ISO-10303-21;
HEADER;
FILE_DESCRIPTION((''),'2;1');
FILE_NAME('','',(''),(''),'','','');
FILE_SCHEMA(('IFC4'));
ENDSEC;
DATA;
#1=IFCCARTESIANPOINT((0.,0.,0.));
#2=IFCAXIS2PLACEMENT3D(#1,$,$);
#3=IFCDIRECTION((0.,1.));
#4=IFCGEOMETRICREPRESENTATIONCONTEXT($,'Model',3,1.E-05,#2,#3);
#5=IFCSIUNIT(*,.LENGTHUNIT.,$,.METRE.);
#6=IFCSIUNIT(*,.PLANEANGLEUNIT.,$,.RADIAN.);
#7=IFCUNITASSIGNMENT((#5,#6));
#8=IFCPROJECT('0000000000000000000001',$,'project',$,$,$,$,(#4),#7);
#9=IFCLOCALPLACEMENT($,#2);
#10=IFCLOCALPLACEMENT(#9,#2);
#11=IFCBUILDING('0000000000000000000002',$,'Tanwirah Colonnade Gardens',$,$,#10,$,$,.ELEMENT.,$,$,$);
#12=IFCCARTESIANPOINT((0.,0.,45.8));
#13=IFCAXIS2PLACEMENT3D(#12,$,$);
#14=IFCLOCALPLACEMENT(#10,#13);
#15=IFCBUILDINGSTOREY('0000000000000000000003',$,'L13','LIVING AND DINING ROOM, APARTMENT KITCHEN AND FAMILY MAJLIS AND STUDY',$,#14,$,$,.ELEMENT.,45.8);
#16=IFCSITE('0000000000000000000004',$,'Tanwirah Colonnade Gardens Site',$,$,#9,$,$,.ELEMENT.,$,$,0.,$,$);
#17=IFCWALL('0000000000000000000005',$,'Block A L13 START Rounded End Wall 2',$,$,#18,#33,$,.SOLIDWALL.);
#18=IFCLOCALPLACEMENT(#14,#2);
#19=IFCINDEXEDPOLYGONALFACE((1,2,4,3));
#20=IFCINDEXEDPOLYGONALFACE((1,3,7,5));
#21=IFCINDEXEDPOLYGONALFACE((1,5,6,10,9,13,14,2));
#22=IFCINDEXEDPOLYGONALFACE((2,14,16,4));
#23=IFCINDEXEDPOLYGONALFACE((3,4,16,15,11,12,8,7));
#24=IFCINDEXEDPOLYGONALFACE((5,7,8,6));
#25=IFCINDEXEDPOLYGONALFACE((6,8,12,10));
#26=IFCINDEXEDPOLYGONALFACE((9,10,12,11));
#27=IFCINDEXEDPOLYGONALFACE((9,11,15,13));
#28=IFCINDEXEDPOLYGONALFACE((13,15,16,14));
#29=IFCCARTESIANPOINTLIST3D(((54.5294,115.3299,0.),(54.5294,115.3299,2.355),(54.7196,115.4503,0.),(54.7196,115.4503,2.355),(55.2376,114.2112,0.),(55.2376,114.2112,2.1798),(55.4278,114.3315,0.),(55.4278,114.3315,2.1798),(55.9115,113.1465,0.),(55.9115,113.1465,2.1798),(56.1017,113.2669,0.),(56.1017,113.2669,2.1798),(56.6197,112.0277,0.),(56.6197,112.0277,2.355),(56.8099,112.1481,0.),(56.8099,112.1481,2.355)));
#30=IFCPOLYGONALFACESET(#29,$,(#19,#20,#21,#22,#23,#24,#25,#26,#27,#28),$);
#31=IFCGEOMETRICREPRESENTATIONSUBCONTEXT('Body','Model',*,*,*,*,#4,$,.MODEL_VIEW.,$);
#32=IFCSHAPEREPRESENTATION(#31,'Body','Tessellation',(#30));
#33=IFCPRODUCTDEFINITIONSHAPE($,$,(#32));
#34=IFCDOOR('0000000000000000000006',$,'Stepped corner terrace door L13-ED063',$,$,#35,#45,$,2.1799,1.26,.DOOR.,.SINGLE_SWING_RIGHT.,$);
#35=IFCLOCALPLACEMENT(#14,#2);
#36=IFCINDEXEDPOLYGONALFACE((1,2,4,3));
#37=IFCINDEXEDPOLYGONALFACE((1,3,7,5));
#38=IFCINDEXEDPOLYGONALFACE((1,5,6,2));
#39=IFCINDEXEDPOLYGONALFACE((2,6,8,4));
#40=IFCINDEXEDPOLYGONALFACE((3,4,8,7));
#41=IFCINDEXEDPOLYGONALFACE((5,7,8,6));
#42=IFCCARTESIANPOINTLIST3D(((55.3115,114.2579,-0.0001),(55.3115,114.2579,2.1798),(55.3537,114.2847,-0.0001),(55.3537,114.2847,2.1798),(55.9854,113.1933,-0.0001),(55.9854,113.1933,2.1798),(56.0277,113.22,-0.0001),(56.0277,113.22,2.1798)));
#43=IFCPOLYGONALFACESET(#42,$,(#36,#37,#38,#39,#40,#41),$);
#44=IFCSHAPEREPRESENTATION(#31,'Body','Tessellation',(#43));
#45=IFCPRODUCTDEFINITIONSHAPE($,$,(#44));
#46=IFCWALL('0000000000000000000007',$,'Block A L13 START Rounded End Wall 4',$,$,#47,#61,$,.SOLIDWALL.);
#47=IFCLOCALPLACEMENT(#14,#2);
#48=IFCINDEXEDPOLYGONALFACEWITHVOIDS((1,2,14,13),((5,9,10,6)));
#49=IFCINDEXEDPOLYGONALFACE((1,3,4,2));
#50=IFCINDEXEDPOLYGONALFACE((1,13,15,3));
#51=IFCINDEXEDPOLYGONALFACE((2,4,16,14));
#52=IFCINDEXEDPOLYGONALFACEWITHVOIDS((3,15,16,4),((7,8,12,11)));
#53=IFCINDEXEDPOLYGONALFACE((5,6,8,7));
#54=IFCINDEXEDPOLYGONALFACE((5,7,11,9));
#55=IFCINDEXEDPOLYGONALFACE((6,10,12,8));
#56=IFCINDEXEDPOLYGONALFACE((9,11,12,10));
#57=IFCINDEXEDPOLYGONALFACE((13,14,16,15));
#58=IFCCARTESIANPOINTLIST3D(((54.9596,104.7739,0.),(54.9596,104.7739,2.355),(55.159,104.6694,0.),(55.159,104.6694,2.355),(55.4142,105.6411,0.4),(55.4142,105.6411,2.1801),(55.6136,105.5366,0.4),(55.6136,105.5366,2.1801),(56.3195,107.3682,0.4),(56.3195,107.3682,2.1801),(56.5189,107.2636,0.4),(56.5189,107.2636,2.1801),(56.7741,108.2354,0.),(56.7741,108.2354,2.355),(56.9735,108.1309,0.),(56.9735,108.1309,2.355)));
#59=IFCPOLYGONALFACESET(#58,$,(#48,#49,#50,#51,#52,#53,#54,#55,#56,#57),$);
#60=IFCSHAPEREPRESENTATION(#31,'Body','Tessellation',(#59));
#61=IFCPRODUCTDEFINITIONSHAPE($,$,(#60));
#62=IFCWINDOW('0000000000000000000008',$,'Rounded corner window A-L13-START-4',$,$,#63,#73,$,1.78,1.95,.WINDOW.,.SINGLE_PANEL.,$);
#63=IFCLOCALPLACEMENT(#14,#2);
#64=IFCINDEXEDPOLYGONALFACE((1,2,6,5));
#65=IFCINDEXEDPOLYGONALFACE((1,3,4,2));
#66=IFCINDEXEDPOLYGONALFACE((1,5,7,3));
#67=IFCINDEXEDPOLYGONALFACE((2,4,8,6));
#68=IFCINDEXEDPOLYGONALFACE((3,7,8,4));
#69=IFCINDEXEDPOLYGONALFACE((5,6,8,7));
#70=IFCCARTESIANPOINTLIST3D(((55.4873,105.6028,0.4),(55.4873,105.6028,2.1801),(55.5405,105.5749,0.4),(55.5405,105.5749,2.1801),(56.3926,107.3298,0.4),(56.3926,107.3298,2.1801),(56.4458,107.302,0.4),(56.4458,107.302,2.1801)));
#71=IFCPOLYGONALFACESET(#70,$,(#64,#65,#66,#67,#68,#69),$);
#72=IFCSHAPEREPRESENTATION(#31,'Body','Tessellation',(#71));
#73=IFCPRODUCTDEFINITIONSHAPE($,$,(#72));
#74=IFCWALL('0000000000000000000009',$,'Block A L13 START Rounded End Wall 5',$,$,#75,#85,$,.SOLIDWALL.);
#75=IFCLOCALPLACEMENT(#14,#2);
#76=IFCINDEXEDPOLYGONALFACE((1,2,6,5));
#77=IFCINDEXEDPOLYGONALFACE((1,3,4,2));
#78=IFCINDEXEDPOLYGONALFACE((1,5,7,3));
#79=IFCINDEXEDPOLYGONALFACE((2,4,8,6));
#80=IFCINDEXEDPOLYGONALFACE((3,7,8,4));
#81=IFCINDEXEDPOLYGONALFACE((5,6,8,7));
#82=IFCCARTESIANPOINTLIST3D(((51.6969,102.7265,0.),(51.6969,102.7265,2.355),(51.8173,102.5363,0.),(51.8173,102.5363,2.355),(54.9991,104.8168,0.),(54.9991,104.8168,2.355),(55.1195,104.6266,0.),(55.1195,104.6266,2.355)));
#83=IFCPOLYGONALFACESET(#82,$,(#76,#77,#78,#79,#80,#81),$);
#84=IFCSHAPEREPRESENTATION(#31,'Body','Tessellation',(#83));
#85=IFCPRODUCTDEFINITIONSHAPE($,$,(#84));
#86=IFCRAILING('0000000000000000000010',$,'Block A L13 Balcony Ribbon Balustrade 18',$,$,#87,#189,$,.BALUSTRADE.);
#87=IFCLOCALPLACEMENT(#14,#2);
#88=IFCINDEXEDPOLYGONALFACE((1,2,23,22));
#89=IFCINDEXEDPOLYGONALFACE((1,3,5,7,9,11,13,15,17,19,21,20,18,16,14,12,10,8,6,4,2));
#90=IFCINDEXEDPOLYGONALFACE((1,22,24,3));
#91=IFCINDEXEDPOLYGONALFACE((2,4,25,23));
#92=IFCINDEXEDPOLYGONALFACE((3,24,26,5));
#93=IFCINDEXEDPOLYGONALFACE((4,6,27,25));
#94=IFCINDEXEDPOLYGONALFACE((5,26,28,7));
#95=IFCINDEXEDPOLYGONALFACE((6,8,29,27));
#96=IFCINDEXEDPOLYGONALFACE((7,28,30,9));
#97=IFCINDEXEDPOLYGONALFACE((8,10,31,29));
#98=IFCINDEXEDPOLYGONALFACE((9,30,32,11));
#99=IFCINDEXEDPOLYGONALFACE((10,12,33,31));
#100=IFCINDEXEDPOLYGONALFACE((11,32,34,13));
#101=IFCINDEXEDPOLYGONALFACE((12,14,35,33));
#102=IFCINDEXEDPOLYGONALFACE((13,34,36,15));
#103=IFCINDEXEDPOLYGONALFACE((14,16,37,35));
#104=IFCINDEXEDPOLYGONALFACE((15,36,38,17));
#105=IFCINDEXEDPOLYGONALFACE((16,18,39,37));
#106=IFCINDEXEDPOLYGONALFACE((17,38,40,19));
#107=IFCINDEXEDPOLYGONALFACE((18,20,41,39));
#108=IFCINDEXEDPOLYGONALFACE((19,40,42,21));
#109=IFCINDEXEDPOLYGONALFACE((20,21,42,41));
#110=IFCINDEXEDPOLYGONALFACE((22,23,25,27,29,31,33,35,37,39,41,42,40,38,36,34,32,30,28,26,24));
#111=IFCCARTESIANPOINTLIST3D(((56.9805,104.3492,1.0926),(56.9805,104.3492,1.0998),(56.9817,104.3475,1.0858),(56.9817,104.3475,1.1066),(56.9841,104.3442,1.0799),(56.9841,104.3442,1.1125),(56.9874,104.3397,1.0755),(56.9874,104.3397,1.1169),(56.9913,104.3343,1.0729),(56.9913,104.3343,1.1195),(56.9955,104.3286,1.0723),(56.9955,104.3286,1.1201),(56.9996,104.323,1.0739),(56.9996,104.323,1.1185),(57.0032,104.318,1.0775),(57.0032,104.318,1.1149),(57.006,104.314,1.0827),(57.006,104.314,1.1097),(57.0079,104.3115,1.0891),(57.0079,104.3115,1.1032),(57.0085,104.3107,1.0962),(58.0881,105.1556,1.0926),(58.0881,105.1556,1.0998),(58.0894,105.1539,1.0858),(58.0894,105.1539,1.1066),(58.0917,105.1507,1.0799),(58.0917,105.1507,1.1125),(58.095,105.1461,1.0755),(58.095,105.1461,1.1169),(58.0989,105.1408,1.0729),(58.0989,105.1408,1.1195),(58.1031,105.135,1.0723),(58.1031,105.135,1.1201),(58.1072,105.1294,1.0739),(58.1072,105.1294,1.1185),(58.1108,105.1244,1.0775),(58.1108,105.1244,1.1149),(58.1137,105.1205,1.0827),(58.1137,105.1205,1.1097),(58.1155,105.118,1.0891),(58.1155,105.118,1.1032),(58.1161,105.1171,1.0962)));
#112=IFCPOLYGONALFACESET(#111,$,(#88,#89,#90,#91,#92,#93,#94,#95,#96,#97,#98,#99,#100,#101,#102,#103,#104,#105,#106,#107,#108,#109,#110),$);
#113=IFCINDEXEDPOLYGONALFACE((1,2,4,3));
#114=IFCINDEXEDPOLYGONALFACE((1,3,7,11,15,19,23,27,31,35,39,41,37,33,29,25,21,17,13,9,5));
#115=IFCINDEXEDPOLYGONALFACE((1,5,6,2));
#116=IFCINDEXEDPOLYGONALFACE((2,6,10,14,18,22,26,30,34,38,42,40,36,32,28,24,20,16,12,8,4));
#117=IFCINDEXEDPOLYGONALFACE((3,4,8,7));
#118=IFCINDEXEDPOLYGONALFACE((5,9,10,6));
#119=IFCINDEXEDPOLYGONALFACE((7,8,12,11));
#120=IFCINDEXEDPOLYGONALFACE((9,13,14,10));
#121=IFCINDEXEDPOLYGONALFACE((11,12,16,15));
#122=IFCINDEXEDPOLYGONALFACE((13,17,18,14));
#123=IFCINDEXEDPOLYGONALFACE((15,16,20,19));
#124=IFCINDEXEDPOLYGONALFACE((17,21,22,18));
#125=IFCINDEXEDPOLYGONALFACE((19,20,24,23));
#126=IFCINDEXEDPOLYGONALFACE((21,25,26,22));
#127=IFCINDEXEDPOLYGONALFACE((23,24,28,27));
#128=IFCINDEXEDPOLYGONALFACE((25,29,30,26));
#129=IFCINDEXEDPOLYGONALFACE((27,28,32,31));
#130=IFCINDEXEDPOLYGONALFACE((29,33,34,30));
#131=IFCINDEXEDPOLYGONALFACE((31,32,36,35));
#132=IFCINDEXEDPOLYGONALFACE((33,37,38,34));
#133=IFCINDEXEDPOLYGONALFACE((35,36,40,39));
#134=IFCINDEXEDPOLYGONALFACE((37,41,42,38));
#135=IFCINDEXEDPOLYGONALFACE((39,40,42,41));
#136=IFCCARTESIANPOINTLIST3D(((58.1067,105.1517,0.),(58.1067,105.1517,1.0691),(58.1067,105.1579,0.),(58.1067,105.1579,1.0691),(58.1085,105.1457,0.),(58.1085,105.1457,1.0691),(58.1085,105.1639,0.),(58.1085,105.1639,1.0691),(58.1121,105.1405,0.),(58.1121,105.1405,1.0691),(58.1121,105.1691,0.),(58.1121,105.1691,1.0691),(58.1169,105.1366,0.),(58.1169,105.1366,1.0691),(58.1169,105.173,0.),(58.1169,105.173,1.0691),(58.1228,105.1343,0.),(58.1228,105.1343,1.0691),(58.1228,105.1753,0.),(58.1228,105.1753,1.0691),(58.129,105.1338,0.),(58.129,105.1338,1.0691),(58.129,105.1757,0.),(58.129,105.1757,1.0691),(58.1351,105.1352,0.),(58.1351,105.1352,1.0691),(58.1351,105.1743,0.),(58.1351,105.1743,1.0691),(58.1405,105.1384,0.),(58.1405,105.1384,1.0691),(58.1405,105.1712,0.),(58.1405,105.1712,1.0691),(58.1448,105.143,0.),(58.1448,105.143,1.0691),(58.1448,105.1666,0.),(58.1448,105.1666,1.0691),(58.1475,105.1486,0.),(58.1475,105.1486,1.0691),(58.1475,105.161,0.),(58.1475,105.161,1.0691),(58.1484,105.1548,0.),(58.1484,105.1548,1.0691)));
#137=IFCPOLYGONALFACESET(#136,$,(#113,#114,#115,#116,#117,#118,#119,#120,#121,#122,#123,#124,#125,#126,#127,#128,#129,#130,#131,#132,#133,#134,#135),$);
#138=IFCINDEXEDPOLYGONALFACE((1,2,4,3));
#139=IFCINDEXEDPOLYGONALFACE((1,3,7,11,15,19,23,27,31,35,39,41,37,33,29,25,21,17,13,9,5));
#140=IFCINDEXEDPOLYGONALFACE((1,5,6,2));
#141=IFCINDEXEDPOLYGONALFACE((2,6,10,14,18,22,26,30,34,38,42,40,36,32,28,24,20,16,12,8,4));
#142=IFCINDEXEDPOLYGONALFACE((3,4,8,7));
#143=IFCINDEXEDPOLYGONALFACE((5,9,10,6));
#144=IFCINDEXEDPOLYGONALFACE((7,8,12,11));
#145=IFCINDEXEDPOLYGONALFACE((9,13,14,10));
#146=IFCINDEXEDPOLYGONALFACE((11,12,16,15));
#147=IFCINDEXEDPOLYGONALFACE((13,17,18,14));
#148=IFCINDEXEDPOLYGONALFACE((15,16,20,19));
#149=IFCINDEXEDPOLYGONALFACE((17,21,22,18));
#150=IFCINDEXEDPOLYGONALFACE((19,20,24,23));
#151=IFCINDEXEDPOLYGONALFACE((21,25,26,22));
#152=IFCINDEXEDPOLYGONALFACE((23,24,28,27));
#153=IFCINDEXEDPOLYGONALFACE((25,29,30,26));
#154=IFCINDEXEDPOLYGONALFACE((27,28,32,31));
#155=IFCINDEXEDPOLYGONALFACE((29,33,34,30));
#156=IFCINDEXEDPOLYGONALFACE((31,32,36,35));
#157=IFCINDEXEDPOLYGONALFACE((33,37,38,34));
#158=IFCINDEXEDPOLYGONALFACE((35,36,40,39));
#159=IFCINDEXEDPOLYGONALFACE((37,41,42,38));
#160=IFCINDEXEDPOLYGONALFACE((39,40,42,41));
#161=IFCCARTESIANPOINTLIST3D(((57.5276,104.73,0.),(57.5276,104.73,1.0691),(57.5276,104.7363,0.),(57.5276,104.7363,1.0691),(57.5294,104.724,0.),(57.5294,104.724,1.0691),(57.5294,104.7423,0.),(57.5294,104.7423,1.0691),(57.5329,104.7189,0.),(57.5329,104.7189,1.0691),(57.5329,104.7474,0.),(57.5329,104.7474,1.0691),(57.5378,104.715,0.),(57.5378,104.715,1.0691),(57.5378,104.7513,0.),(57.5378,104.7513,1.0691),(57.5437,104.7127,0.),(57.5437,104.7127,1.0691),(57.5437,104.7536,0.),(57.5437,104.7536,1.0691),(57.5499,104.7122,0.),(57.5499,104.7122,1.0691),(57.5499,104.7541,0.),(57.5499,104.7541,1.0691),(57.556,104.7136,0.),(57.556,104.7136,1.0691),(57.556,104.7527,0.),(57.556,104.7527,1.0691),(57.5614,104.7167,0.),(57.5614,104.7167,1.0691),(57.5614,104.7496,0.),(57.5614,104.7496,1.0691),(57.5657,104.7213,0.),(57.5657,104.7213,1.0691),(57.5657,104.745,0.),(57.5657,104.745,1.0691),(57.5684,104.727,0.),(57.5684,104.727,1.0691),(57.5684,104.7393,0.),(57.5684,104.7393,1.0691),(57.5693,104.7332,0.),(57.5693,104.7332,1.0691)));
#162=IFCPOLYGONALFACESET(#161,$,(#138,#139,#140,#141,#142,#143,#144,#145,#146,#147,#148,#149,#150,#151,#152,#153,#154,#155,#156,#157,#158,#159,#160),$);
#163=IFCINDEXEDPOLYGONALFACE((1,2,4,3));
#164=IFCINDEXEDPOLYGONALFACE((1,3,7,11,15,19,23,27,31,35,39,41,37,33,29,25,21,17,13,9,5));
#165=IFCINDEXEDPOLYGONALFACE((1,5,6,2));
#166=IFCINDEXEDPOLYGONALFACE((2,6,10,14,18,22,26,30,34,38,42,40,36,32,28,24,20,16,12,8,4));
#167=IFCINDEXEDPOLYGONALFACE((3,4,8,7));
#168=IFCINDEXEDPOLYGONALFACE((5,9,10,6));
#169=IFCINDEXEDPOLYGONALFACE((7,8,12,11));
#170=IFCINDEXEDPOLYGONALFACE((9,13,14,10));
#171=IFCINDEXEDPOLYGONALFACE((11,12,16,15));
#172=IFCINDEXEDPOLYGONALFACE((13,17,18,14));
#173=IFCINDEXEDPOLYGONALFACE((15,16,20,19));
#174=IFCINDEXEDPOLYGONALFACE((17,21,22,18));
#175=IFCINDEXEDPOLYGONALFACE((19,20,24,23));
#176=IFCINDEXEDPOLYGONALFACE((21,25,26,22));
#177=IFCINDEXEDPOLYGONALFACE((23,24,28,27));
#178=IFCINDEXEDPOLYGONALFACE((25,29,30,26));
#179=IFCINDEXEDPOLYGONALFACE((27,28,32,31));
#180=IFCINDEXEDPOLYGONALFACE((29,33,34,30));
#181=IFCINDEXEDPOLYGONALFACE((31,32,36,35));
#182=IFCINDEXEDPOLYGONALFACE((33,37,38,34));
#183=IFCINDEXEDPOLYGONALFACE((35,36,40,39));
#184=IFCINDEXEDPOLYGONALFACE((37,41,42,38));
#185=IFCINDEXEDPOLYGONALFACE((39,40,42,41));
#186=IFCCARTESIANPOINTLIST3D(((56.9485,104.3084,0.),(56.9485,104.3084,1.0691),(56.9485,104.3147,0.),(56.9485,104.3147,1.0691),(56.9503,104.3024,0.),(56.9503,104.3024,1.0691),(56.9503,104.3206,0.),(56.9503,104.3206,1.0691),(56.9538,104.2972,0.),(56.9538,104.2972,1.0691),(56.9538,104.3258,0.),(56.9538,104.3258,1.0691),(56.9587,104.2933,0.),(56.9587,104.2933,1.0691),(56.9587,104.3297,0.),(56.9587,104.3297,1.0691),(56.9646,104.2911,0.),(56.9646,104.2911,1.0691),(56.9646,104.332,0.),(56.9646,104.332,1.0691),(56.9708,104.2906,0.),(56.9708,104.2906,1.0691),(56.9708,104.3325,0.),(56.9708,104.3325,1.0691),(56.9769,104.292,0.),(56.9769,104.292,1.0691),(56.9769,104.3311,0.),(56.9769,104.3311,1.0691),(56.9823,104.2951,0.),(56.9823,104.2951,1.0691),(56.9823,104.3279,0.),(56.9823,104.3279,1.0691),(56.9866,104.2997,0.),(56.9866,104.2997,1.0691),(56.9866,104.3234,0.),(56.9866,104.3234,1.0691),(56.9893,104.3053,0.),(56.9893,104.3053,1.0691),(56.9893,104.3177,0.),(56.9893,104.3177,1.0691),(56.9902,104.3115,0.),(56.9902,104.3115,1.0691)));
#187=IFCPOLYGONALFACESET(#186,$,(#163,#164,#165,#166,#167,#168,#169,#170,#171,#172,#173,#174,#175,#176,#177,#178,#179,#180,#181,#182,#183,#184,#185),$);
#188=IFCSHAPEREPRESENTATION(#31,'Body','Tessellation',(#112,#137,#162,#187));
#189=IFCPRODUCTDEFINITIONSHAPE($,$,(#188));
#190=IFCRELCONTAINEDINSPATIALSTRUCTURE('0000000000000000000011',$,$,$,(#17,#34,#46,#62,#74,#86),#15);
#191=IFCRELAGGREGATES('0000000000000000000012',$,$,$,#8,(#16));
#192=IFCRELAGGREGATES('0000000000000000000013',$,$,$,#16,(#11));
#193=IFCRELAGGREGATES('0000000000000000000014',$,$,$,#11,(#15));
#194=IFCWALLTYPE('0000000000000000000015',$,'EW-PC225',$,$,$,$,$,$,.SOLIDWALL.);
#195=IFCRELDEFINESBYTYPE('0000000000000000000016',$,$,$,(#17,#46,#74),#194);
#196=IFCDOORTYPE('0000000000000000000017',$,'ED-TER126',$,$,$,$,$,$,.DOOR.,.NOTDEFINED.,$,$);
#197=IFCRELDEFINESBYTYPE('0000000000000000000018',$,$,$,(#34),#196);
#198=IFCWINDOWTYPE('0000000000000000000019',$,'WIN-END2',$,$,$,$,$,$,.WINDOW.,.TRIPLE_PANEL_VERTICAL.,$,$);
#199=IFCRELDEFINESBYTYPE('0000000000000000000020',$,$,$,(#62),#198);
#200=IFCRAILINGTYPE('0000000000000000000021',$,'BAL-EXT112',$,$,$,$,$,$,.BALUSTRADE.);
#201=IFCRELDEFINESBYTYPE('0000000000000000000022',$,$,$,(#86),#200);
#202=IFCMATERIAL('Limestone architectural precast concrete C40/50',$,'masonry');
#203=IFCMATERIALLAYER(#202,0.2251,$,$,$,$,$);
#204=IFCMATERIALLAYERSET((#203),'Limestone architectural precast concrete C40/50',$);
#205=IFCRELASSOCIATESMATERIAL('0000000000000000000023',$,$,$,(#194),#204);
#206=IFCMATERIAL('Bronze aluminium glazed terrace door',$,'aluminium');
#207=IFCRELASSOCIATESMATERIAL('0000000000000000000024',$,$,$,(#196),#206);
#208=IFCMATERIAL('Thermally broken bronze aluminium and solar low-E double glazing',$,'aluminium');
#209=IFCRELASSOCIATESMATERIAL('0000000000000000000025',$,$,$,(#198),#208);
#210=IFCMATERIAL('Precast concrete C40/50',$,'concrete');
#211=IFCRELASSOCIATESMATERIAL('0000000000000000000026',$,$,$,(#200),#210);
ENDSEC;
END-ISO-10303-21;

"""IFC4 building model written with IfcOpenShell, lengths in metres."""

from ifc_helpers import new_model, si_unit, direction, frame, frame_2d, origin, origin_2d, place, context, subcontext, project, spatial, rectangle, circle, extrude, material, layer, layer_set, type_object, element, fill, save


model = new_model("IFC4")

# Units and contexts
model_context = context("Model", 3, precision=1e-05, world=origin(), true_north=direction((0.0, 1.0)))
body_context = subcontext(model_context, "Body", "Model", "MODEL_VIEW")
ifc_project = project(units=[si_unit("LENGTHUNIT", "METRE"), si_unit("PLANEANGLEUNIT", "RADIAN")], contexts=[model_context])

# Site, building, storey
site_placement = place(None, origin())
site = spatial("IfcSite", under=ifc_project, at=site_placement, Name="Tanwirah Colonnade Gardens Site", CompositionType="ELEMENT", RefElevation=0.0)
building_placement = place(site_placement, origin())
building = spatial("IfcBuilding", under=site, at=building_placement, Name="Tanwirah Colonnade Gardens", CompositionType="ELEMENT")
storey_placement = place(building_placement, frame((0.0, 0.0, 45.8)))
storey = spatial("IfcBuildingStorey", under=building, at=storey_placement, Name="L13", Description="LIVING AND DINING ROOM, APARTMENT KITCHEN AND FAMILY MAJLIS AND STUDY", CompositionType="ELEMENT", Elevation=45.8)

# Shared definitions
ifc_material_1 = material(Name="Precast concrete C40/50", Category="concrete")

# Wall, opening, door
ifc_material_2 = material(Name="Limestone architectural precast concrete C40/50", Category="masonry")
ifc_layer_1 = layer(ifc_material_2, 0.2251)
ifc_layer_set_1 = layer_set([ifc_layer_1], Name="Limestone architectural precast concrete C40/50")
wall_type_1 = type_object("IfcWallType", Name="EW-PC225", PredefinedType="SOLIDWALL", material=ifc_layer_set_1)
wall_1_placement = place(storey_placement, frame((54.6245, 115.3901, 0.0), z_axis=(0.0, 0.0, 1.0), x_axis=(0.534853, -0.844945, 0.0)))
wall_1 = element("IfcWall", 1, at=wall_1_placement, inside=storey, type_object=wall_type_1, Name="Block A L13 START Rounded End Wall 2", PredefinedType="SOLIDWALL", context=body_context, shape_type="SweptSolid", body=[
    extrude(rectangle(XDim=3.9082, YDim=0.2251, at=frame_2d((1.9541, 0.0))), origin(), (0.0, 0.0, 1.0), 2.355),
])
opening_1_placement = place(wall_1_placement, frame((1.3242, 0.0, 0.0)))
opening_1 = element("IfcOpeningElement", 2, at=opening_1_placement, cuts=wall_1, PredefinedType="OPENING", context=body_context, shape_type="SweptSolid", body=[
    extrude(rectangle(XDim=1.26, YDim=2.1799, at=frame_2d((0.6299, 1.0898))), frame((0.0, 0.1226, 0.0), z_axis=(0.0, -1.0, 0.0), x_axis=(1.0, 0.0, 0.0)), (0.0, 0.0, 1.0), 0.2451),
])
ifc_material_3 = material(Name="Bronze aluminium glazed terrace door", Category="aluminium")
door_type = type_object("IfcDoorType", Name="ED-TER126", OperationType="NOTDEFINED", PredefinedType="DOOR", material=ifc_material_3)
door_placement = place(opening_1_placement, origin())
door = element("IfcDoor", 3, at=door_placement, inside=storey, type_object=door_type, Name="Stepped corner terrace door L13-ED063", OperationType="SINGLE_SWING_RIGHT", OverallHeight=2.1799, OverallWidth=1.26, PredefinedType="DOOR", context=body_context, shape_type="SweptSolid", body=[
    extrude(rectangle(XDim=1.26, YDim=2.1799, at=frame_2d((0.6299, 1.0898))), frame((0.0, 0.0249, 0.0), z_axis=(0.0, -1.0, 0.0), x_axis=(1.0, 0.0, 0.0)), (0.0, 0.0, 1.0), 0.05),
])
fill(opening_1, door)

# Wall, opening, window
wall_2_placement = place(storey_placement, frame((56.8738, 108.1831, 0.0), z_axis=(0.0, 0.0, 1.0), x_axis=(-0.464273, -0.885692, 0.0)))
wall_2 = element("IfcWall", 4, at=wall_2_placement, inside=storey, type_object=wall_type_1, Name="Block A L13 START Rounded End Wall 4", PredefinedType="SOLIDWALL", context=body_context, shape_type="SweptSolid", body=[
    extrude(rectangle(XDim=3.9082, YDim=0.2251, at=frame_2d((1.9541, 0.0))), origin(), (0.0, 0.0, 1.0), 2.355),
])
opening_2_placement = place(wall_2_placement, frame((0.979, 0.0, 0.3999)))
opening_2 = element("IfcOpeningElement", 5, at=opening_2_placement, cuts=wall_2, PredefinedType="OPENING", context=body_context, shape_type="SweptSolid", body=[
    extrude(rectangle(XDim=1.95, YDim=1.78, at=frame_2d((0.9751, 0.8901))), frame((0.0, 0.1226, 0.0), z_axis=(0.0, -1.0, 0.0), x_axis=(1.0, 0.0, 0.0)), (0.0, 0.0, 1.0), 0.2451),
])
ifc_material_4 = material(Name="Thermally broken bronze aluminium and solar low-E double glazing", Category="aluminium")
window_type = type_object("IfcWindowType", Name="WIN-END2", PartitioningType="TRIPLE_PANEL_VERTICAL", PredefinedType="WINDOW", material=ifc_material_4)
window_placement = place(opening_2_placement, origin())
window = element("IfcWindow", 6, at=window_placement, inside=storey, type_object=window_type, Name="Rounded corner window A-L13-START-4", OverallHeight=1.78, OverallWidth=1.95, PartitioningType="SINGLE_PANEL", PredefinedType="WINDOW", context=body_context, shape_type="SweptSolid", body=[
    extrude(rectangle(XDim=1.95, YDim=1.78, at=frame_2d((0.9751, 0.8901))), frame((0.0, 0.03, 0.0), z_axis=(0.0, -1.0, 0.0), x_axis=(1.0, 0.0, 0.0)), (0.0, 0.0, 1.0), 0.0601),
])
fill(opening_2, window)

# Wall
wall_3_placement = place(storey_placement, frame((55.0593, 104.7217, 0.0), z_axis=(0.0, 0.0, 1.0), x_axis=(-0.844945, -0.534853, 0.0)))
element("IfcWall", 7, at=wall_3_placement, inside=storey, type_object=wall_type_1, Name="Block A L13 START Rounded End Wall 5", PredefinedType="SOLIDWALL", context=body_context, shape_type="SweptSolid", body=[
    extrude(rectangle(XDim=3.9082, YDim=0.2251, at=frame_2d((1.9541, 0.0))), origin(), (0.0, 0.0, 1.0), 2.355),
])

# Railing
railing_type = type_object("IfcRailingType", Name="BAL-EXT112", PredefinedType="BALUSTRADE", material=ifc_material_1)
railing_1_placement = place(storey_placement, frame((58.1274, 105.1548, 0.0)))
element("IfcRailing", 8, at=railing_1_placement, inside=storey, type_object=railing_type, Name="Block A L13 Balcony Ribbon Balustrade 18", PredefinedType="BALUSTRADE", context=body_context, shape_type="SweptSolid", body=[
    extrude(circle(Radius=0.0239, at=origin_2d()), frame((-0.0254, -0.0183, 1.0962), z_axis=(-0.808426, -0.588597, 0.0), x_axis=(0.588597, -0.808426, 0.0)), (0.0, 0.0, 1.0), 1.3701),
    extrude(circle(Radius=0.021, at=origin_2d()), origin(), (0.0, 0.0, 1.0), 1.0691),
    extrude(circle(Radius=0.021, at=origin_2d()), frame((-0.5791, -0.4216, 0.0)), (0.0, 0.0, 1.0), 1.0691),
    extrude(circle(Radius=0.021, at=origin_2d()), frame((-1.1582, -0.8433, 0.0)), (0.0, 0.0, 1.0), 1.0691),
])

save(model, "model.ifc")
